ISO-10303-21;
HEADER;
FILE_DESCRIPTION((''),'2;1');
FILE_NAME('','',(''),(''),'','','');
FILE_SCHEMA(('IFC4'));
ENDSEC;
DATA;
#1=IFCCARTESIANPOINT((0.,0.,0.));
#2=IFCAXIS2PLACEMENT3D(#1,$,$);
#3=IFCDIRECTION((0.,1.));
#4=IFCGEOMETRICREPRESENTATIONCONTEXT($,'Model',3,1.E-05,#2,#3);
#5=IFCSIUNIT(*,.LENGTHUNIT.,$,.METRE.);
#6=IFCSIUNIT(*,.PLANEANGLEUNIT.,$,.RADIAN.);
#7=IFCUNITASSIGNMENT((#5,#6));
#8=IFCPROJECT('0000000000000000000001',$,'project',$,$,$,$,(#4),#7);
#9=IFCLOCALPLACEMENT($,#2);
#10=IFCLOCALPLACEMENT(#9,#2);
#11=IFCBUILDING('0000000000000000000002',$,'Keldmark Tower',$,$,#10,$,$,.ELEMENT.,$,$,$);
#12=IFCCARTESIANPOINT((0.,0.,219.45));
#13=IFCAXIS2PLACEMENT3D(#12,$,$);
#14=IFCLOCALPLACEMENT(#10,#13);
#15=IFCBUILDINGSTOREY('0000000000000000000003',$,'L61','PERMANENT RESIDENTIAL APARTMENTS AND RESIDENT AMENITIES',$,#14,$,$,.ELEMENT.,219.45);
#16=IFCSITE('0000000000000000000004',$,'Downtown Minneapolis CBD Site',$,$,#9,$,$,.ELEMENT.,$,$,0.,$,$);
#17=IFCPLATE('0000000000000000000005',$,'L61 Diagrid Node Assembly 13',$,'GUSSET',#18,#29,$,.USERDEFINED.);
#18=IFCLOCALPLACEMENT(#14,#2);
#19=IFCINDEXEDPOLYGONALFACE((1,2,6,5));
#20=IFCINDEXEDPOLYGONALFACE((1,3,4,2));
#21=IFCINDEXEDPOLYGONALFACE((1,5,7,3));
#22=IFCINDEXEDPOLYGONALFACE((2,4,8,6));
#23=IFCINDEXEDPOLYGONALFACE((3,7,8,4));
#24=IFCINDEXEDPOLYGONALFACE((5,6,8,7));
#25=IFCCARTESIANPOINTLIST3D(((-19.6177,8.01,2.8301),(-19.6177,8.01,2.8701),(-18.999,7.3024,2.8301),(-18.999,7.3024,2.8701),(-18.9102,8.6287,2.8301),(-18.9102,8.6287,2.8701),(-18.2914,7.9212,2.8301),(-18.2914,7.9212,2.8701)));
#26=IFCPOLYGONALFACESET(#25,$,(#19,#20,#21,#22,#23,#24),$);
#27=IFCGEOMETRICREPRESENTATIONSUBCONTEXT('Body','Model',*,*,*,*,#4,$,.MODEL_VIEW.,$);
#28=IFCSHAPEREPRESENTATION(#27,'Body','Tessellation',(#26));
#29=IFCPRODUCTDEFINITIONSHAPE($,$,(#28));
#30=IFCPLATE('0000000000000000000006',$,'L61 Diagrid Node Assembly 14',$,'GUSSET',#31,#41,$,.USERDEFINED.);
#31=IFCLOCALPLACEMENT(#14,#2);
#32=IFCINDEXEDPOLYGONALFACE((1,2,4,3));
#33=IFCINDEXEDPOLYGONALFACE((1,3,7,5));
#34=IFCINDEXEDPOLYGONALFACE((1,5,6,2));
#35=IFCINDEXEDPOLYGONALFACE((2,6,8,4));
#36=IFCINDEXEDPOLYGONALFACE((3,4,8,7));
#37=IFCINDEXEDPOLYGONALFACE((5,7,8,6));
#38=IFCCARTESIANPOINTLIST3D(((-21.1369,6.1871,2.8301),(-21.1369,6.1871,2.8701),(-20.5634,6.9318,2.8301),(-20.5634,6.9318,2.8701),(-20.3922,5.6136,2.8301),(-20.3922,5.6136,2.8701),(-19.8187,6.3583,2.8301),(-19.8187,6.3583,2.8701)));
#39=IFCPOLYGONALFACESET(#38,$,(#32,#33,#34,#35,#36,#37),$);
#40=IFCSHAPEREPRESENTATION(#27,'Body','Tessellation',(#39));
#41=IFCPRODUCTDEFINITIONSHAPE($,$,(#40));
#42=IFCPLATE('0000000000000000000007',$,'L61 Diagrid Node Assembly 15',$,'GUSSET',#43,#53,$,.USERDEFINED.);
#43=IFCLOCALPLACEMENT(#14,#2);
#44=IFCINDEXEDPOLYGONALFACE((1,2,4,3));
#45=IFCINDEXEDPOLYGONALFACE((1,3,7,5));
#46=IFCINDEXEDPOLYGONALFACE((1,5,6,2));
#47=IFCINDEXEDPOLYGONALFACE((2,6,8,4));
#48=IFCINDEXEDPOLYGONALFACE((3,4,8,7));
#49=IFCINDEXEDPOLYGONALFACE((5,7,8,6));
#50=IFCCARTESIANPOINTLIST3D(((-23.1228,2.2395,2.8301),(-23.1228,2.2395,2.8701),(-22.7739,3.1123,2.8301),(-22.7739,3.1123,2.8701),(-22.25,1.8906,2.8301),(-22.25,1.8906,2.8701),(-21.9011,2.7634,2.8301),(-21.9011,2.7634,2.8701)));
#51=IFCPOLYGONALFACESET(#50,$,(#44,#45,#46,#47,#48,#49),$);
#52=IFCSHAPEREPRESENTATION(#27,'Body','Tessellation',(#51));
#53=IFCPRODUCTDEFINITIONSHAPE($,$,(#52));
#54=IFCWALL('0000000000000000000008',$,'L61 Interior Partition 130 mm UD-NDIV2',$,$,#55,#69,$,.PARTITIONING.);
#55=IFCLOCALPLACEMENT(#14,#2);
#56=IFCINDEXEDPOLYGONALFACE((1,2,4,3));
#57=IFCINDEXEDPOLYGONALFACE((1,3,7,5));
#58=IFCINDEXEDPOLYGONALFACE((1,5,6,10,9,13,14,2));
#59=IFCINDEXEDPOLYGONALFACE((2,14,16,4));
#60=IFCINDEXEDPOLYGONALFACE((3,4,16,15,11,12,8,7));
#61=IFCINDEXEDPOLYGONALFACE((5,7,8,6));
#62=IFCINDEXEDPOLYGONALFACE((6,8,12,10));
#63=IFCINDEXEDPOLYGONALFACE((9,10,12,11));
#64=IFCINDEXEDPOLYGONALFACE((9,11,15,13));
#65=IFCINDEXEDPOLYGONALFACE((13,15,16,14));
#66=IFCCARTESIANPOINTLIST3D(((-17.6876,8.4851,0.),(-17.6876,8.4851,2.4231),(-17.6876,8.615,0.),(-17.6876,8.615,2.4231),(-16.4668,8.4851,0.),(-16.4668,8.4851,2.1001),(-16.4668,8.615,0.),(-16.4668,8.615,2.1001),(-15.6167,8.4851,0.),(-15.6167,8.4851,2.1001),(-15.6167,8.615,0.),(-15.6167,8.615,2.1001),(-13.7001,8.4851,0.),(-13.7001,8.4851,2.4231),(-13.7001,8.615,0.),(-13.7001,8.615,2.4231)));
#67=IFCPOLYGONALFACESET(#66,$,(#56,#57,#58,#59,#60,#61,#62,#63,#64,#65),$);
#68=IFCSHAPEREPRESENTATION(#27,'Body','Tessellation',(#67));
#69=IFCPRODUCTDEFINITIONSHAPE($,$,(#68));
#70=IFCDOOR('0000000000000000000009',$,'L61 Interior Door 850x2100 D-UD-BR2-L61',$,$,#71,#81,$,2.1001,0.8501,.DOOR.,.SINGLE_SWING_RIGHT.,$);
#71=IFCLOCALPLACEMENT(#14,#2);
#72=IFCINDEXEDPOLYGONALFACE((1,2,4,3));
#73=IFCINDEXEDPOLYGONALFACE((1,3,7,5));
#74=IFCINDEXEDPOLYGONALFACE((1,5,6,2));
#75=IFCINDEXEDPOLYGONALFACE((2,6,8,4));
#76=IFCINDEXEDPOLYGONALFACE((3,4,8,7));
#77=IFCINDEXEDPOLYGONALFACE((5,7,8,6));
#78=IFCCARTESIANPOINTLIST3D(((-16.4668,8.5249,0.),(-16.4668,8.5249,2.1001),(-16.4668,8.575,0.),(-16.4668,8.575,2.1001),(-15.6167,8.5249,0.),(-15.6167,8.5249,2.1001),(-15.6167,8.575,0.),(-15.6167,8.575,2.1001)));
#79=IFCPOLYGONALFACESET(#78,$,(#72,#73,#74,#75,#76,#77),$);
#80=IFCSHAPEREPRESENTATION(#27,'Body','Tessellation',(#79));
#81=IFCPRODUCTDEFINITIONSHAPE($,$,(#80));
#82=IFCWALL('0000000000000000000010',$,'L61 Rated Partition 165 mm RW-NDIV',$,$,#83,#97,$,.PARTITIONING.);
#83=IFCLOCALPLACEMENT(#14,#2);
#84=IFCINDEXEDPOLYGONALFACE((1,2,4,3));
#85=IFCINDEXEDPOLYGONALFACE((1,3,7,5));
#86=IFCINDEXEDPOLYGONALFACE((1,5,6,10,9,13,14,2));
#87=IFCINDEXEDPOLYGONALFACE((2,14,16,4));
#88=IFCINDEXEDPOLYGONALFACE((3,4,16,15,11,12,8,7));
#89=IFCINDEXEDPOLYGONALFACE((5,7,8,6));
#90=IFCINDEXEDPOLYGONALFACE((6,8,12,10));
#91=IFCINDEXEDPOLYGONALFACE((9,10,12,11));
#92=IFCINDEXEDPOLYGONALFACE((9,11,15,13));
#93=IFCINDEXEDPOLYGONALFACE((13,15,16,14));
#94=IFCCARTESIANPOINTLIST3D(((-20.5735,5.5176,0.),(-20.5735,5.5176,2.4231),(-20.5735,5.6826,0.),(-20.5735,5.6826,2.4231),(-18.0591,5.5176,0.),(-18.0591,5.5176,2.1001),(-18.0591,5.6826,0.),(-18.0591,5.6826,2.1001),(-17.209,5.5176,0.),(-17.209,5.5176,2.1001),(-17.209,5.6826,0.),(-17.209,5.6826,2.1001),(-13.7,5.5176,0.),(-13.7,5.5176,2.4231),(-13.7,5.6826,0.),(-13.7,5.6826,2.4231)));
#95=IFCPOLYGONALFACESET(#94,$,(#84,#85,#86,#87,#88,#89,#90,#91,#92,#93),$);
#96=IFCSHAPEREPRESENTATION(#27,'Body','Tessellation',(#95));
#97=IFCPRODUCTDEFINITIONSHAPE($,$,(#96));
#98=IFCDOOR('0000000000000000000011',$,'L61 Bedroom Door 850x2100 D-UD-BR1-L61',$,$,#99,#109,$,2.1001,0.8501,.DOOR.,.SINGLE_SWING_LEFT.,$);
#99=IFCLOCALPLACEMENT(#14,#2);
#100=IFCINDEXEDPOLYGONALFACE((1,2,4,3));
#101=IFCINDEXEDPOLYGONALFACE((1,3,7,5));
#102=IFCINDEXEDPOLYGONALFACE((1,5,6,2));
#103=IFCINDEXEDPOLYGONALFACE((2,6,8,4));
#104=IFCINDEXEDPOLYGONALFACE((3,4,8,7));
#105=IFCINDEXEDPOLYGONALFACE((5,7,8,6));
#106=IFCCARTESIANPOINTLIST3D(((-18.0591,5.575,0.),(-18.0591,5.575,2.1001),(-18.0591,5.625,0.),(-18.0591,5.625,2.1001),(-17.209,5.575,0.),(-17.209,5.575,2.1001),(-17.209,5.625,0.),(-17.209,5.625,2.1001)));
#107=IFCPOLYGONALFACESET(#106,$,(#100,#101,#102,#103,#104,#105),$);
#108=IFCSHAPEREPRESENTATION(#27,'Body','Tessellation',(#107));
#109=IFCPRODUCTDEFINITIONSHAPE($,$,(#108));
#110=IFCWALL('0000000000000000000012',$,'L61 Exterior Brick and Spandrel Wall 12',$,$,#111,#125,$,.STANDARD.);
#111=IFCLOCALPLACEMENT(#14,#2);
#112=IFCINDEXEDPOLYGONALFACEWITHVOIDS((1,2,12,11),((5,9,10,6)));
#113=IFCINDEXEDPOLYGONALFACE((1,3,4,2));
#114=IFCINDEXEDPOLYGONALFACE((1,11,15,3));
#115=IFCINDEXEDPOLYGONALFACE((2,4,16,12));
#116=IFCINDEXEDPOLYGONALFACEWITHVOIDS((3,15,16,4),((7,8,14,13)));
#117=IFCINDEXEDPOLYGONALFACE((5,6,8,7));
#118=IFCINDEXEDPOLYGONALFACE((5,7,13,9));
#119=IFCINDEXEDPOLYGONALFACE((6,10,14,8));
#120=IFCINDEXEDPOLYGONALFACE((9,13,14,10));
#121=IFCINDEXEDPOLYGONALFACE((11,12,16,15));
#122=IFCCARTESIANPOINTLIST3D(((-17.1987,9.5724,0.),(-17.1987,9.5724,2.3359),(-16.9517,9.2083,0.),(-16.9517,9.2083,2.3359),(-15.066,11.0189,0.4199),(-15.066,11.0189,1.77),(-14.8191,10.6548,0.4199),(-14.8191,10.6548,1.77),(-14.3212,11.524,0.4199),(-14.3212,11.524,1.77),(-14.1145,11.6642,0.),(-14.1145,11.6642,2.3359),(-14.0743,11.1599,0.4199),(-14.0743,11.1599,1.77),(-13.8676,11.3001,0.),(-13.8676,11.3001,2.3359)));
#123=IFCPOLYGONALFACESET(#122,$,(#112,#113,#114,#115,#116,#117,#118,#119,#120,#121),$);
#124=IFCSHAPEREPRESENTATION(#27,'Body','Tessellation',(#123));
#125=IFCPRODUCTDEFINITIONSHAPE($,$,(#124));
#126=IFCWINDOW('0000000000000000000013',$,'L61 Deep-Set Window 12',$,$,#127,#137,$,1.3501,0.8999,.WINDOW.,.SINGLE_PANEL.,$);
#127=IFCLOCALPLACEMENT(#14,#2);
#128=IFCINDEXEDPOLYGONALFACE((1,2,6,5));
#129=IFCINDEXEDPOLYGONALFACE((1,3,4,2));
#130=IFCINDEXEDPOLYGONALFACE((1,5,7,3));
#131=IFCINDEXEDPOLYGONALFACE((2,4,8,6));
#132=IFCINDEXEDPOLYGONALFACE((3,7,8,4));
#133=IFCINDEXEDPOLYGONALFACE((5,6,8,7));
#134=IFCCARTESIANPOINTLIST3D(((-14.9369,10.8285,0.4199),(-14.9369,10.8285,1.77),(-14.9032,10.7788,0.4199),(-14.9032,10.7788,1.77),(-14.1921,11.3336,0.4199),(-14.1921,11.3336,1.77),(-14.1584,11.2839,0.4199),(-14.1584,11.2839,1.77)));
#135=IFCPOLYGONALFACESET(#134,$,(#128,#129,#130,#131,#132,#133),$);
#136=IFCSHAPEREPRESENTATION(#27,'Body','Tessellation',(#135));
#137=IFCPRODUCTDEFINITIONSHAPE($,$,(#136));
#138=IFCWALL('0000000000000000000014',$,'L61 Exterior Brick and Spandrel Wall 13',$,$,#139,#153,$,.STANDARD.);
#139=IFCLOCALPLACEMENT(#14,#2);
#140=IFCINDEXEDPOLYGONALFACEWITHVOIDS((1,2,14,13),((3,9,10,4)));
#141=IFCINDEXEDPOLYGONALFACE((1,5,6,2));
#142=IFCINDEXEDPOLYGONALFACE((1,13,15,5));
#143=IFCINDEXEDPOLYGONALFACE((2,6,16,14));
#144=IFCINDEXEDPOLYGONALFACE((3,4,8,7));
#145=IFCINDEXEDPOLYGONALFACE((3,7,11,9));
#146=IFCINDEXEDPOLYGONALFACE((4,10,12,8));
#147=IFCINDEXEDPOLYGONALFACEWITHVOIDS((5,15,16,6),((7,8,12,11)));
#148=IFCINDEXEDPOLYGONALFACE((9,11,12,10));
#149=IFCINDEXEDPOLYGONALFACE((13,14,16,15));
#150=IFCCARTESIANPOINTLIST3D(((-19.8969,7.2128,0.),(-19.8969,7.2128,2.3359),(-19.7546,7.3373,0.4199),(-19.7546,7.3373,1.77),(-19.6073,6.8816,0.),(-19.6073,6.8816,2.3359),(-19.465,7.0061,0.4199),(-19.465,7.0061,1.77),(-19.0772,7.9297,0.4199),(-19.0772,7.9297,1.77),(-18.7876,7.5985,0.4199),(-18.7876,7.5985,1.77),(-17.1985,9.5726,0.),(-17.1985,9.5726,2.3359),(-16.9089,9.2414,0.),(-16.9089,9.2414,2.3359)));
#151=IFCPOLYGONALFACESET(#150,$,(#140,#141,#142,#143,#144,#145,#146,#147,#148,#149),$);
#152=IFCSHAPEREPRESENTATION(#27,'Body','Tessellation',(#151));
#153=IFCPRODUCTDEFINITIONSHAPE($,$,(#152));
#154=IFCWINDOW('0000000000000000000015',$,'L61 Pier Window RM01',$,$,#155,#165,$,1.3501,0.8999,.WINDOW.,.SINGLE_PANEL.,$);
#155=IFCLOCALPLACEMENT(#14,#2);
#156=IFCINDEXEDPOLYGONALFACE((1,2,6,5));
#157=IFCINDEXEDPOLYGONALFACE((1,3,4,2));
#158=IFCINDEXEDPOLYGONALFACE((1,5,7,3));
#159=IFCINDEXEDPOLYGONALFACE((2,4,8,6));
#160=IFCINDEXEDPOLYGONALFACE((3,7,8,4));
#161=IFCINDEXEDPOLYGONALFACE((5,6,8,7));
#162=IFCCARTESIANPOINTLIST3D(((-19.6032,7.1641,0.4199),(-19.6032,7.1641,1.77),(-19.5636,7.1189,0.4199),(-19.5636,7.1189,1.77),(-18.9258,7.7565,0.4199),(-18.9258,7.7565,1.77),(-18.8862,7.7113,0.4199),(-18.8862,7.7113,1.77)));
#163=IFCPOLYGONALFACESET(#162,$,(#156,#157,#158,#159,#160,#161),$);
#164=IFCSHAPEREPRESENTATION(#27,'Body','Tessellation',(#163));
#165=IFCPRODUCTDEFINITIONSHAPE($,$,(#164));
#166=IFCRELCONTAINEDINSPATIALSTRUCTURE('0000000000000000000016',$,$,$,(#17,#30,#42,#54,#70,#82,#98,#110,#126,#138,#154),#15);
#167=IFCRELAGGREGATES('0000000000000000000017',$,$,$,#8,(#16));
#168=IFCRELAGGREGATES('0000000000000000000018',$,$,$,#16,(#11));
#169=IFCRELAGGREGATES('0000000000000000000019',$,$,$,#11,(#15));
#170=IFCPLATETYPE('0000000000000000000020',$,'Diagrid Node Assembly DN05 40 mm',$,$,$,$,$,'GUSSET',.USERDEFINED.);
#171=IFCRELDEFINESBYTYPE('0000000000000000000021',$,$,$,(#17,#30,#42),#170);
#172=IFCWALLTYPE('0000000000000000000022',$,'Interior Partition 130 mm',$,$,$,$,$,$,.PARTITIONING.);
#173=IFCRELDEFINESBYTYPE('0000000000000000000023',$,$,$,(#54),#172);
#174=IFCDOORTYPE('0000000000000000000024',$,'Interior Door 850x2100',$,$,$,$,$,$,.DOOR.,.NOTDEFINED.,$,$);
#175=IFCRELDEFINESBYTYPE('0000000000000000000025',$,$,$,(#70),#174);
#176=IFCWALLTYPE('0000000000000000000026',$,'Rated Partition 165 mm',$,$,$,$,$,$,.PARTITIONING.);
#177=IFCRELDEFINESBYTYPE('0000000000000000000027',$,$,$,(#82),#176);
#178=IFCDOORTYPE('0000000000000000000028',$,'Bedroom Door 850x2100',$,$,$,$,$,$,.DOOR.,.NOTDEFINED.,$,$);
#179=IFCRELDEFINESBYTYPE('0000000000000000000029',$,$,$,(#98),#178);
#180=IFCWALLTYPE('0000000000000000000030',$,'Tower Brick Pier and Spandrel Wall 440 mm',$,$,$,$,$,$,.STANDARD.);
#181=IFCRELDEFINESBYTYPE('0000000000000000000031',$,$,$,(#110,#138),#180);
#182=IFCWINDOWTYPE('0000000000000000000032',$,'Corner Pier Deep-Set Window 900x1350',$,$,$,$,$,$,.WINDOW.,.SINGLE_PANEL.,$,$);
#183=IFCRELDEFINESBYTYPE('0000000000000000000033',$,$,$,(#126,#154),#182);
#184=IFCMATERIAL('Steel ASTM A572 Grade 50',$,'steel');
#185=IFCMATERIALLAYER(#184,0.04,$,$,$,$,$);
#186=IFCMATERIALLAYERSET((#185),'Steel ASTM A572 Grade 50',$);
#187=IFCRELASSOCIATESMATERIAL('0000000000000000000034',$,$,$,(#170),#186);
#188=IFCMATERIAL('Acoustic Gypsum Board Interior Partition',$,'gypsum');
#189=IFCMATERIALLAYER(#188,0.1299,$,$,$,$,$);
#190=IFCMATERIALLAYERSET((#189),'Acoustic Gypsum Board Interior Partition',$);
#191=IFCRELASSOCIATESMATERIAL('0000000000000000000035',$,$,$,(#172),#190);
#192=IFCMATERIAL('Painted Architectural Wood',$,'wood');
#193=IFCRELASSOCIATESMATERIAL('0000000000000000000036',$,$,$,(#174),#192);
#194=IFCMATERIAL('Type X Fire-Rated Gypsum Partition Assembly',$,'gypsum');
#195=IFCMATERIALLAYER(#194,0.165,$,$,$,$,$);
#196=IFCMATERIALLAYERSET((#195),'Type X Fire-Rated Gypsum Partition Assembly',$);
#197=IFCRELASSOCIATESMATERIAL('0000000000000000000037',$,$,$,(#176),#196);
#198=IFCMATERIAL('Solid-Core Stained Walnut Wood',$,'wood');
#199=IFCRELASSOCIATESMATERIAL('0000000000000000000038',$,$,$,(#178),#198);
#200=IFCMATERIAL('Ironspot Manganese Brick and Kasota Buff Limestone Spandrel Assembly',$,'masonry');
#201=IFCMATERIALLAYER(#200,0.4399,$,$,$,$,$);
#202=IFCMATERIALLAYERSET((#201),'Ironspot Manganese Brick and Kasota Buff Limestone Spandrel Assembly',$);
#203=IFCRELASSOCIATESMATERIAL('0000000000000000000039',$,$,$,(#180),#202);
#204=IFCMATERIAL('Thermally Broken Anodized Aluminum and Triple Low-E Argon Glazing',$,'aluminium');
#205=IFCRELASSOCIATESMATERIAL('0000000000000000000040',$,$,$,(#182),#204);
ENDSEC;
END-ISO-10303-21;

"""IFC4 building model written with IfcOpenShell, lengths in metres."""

from ifc_helpers import new_model, si_unit, direction, frame, frame_2d, origin, origin_2d, place, context, subcontext, project, spatial, rectangle, extrude, material, layer, layer_set, type_object, element, fill, save


model = new_model("IFC4")

# Units and contexts
model_context = context("Model", 3, precision=1e-05, world=origin(), true_north=direction((0.0, 1.0)))
body_context = subcontext(model_context, "Body", "Model", "MODEL_VIEW")
ifc_project = project(units=[si_unit("LENGTHUNIT", "METRE"), si_unit("PLANEANGLEUNIT", "RADIAN")], contexts=[model_context])

# Site, building, storey
site_placement = place(None, origin())
site = spatial("IfcSite", under=ifc_project, at=site_placement, Name="Downtown Minneapolis CBD Site", CompositionType="ELEMENT", RefElevation=0.0)
building_placement = place(site_placement, origin())
building = spatial("IfcBuilding", under=site, at=building_placement, Name="Keldmark Tower", CompositionType="ELEMENT")
storey_placement = place(building_placement, frame((0.0, 0.0, 219.45)))
storey = spatial("IfcBuildingStorey", under=building, at=storey_placement, Name="L61", Description="PERMANENT RESIDENTIAL APARTMENTS AND RESIDENT AMENITIES", CompositionType="ELEMENT", Elevation=219.45)

# Plates
ifc_material_1 = material(Name="Steel ASTM A572 Grade 50", Category="steel")
ifc_layer_1 = layer(ifc_material_1, 0.04)
ifc_layer_set_1 = layer_set([ifc_layer_1], Name="Steel ASTM A572 Grade 50")
plate_type = type_object("IfcPlateType", Name="Diagrid Node Assembly DN05 40 mm", ElementType="GUSSET", PredefinedType="USERDEFINED", material=ifc_layer_set_1)
for number, where, z_axis, x_axis, name in (
    (1, (-18.9546, 7.9656, 2.8301), (0.0, 0.0, 1.0), (-0.75276, -0.658295, 0.0), "L61 Diagrid Node Assembly 13"),
    (2, (-20.4778, 6.2727, 2.8301), (0.0, 0.0, 1.0), (-0.610145, -0.79229, 0.0), "L61 Diagrid Node Assembly 14"),
    (3, (-22.512, 2.5015, 2.8301), (0.0, 0.0, 1.0), (-0.371206, -0.928551, 0.0), "L61 Diagrid Node Assembly 15"),
):
    element("IfcPlate", number, at=place(storey_placement, frame(where, z_axis=z_axis, x_axis=x_axis)), inside=storey, type_object=plate_type, Name=name, ObjectType="GUSSET", PredefinedType="USERDEFINED", context=body_context, shape_type="SweptSolid", body=[
        extrude(rectangle(XDim=0.9399, YDim=0.9399, at=origin_2d()), origin(), (0.0, 0.0, 1.0), 0.04),
    ])

# Walls, openings, doors
ifc_material_2 = material(Name="Acoustic Gypsum Board Interior Partition", Category="gypsum")
ifc_layer_2 = layer(ifc_material_2, 0.1299)
ifc_layer_set_2 = layer_set([ifc_layer_2], Name="Acoustic Gypsum Board Interior Partition")
wall_type_1 = type_object("IfcWallType", Name="Interior Partition 130 mm", PredefinedType="PARTITIONING", material=ifc_layer_set_2)
wall_1_placement = place(storey_placement, frame((-17.6875, 8.55, 0.0), z_axis=(0.0, 0.0, 1.0), x_axis=(1.0, 0.0, 0.0)))
wall_1 = element("IfcWall", 4, at=wall_1_placement, inside=storey, type_object=wall_type_1, Name="L61 Interior Partition 130 mm UD-NDIV2", PredefinedType="PARTITIONING", context=body_context, shape_type="SweptSolid", body=[
    extrude(rectangle(XDim=3.9875, YDim=0.1299, at=frame_2d((1.9937, 0.0))), origin(), (0.0, 0.0, 1.0), 2.4231),
])
opening_1_placement = place(wall_1_placement, frame((1.2207, 0.0, 0.0)))
opening_1 = element("IfcOpeningElement", 5, at=opening_1_placement, cuts=wall_1, PredefinedType="OPENING", context=body_context, shape_type="SweptSolid", body=[
    extrude(rectangle(XDim=0.8501, YDim=2.1001, at=frame_2d((0.425, 1.05))), frame((0.0, 0.075, 0.0), z_axis=(0.0, -1.0, 0.0), x_axis=(1.0, 0.0, 0.0)), (0.0, 0.0, 1.0), 0.1499),
])
ifc_material_3 = material(Name="Painted Architectural Wood", Category="wood")
door_type_1 = type_object("IfcDoorType", Name="Interior Door 850x2100", OperationType="NOTDEFINED", PredefinedType="DOOR", material=ifc_material_3)
door_1_placement = place(opening_1_placement, origin())
door_1 = element("IfcDoor", 6, at=door_1_placement, inside=storey, type_object=door_type_1, Name="L61 Interior Door 850x2100 D-UD-BR2-L61", OperationType="SINGLE_SWING_RIGHT", OverallHeight=2.1001, OverallWidth=0.8501, PredefinedType="DOOR", context=body_context, shape_type="SweptSolid", body=[
    extrude(rectangle(XDim=0.8501, YDim=2.1001, at=frame_2d((0.425, 1.05))), frame((0.0, 0.0249, 0.0), z_axis=(0.0, -1.0, 0.0), x_axis=(1.0, 0.0, 0.0)), (0.0, 0.0, 1.0), 0.05),
])
fill(opening_1, door_1)
ifc_material_4 = material(Name="Type X Fire-Rated Gypsum Partition Assembly", Category="gypsum")
ifc_layer_3 = layer(ifc_material_4, 0.165)
ifc_layer_set_3 = layer_set([ifc_layer_3], Name="Type X Fire-Rated Gypsum Partition Assembly")
wall_type_2 = type_object("IfcWallType", Name="Rated Partition 165 mm", PredefinedType="PARTITIONING", material=ifc_layer_set_3)
wall_2_placement = place(storey_placement, frame((-20.5735, 5.6001, 0.0), z_axis=(0.0, 0.0, 1.0), x_axis=(1.0, 0.0, 0.0)))
wall_2 = element("IfcWall", 7, at=wall_2_placement, inside=storey, type_object=wall_type_2, Name="L61 Rated Partition 165 mm RW-NDIV", PredefinedType="PARTITIONING", context=body_context, shape_type="SweptSolid", body=[
    extrude(rectangle(XDim=6.8735, YDim=0.165, at=frame_2d((3.4368, 0.0))), origin(), (0.0, 0.0, 1.0), 2.4231),
])
opening_2_placement = place(wall_2_placement, frame((2.5144, 0.0, 0.0)))
opening_2 = element("IfcOpeningElement", 8, at=opening_2_placement, cuts=wall_2, PredefinedType="OPENING", context=body_context, shape_type="SweptSolid", body=[
    extrude(rectangle(XDim=0.8501, YDim=2.1001, at=frame_2d((0.425, 1.05))), frame((0.0, 0.0925, 0.0), z_axis=(0.0, -1.0, 0.0), x_axis=(1.0, 0.0, 0.0)), (0.0, 0.0, 1.0), 0.1851),
])
ifc_material_5 = material(Name="Solid-Core Stained Walnut Wood", Category="wood")
door_type_2 = type_object("IfcDoorType", Name="Bedroom Door 850x2100", OperationType="NOTDEFINED", PredefinedType="DOOR", material=ifc_material_5)
door_2_placement = place(opening_2_placement, origin())
door_2 = element("IfcDoor", 9, at=door_2_placement, inside=storey, type_object=door_type_2, Name="L61 Bedroom Door 850x2100 D-UD-BR1-L61", OperationType="SINGLE_SWING_LEFT", OverallHeight=2.1001, OverallWidth=0.8501, PredefinedType="DOOR", context=body_context, shape_type="SweptSolid", body=[
    extrude(rectangle(XDim=0.8501, YDim=2.1001, at=frame_2d((0.425, 1.05))), frame((0.0, 0.0249, 0.0), z_axis=(0.0, -1.0, 0.0), x_axis=(1.0, 0.0, 0.0)), (0.0, 0.0, 1.0), 0.05),
])
fill(opening_2, door_2)

# Walls, openings, windows
ifc_material_6 = material(Name="Ironspot Manganese Brick and Kasota Buff Limestone Spandrel Assembly", Category="masonry")
ifc_layer_4 = layer(ifc_material_6, 0.4399)
ifc_layer_set_4 = layer_set([ifc_layer_4], Name="Ironspot Manganese Brick and Kasota Buff Limestone Spandrel Assembly")
wall_type_3 = type_object("IfcWallType", Name="Tower Brick Pier and Spandrel Wall 440 mm", PredefinedType="STANDARD", material=ifc_layer_set_4)
wall_3_placement = place(storey_placement, frame((-17.0752, 9.3904, 0.0), z_axis=(0.0, 0.0, 1.0), x_axis=(0.827609, 0.561304, 0.0)))
wall_3 = element("IfcWall", 10, at=wall_3_placement, inside=storey, type_object=wall_type_3, Name="L61 Exterior Brick and Spandrel Wall 12", PredefinedType="STANDARD", context=body_context, shape_type="SweptSolid", body=[
    extrude(rectangle(XDim=3.7266, YDim=0.4399, at=frame_2d((1.8633, 0.0))), origin(), (0.0, 0.0, 1.0), 2.3359),
])
opening_3_placement = place(wall_3_placement, frame((2.5769, 0.0, 0.4199)))
opening_3 = element("IfcOpeningElement", 11, at=opening_3_placement, cuts=wall_3, PredefinedType="OPENING", context=body_context, shape_type="SweptSolid", body=[
    extrude(rectangle(XDim=0.8999, YDim=1.3501, at=frame_2d((0.45, 0.675))), frame((0.0, 0.23, 0.0), z_axis=(0.0, -1.0, 0.0), x_axis=(1.0, 0.0, 0.0)), (0.0, 0.0, 1.0), 0.46),
])
ifc_material_7 = material(Name="Thermally Broken Anodized Aluminum and Triple Low-E Argon Glazing", Category="aluminium")
window_type = type_object("IfcWindowType", Name="Corner Pier Deep-Set Window 900x1350", PartitioningType="SINGLE_PANEL", PredefinedType="WINDOW", material=ifc_material_7)
window_1_placement = place(opening_3_placement, origin())
window_1 = element("IfcWindow", 12, at=window_1_placement, inside=storey, type_object=window_type, Name="L61 Deep-Set Window 12", OverallHeight=1.3501, OverallWidth=0.8999, PartitioningType="SINGLE_PANEL", PredefinedType="WINDOW", context=body_context, shape_type="SweptSolid", body=[
    extrude(rectangle(XDim=0.8999, YDim=1.3501, at=frame_2d((0.45, 0.675))), frame((0.0, -0.01, 0.0), z_axis=(0.0, -1.0, 0.0), x_axis=(1.0, 0.0, 0.0)), (0.0, 0.0, 1.0), 0.0601),
])
fill(opening_3, window_1)
wall_4_placement = place(storey_placement, frame((-19.7522, 7.0471, 0.0), z_axis=(0.0, 0.0, 1.0), x_axis=(0.752758, 0.658297, 0.0)))
wall_4 = element("IfcWall", 13, at=wall_4_placement, inside=storey, type_object=wall_type_3, Name="L61 Exterior Brick and Spandrel Wall 13", PredefinedType="STANDARD", context=body_context, shape_type="SweptSolid", body=[
    extrude(rectangle(XDim=3.5847, YDim=0.4399, at=frame_2d((1.7925, 0.0))), origin(), (0.0, 0.0, 1.0), 2.3359),
])
opening_4_placement = place(wall_4_placement, frame((0.1892, 0.0, 0.4199)))
opening_4 = element("IfcOpeningElement", 14, at=opening_4_placement, cuts=wall_4, PredefinedType="OPENING", context=body_context, shape_type="SweptSolid", body=[
    extrude(rectangle(XDim=0.8999, YDim=1.3501, at=frame_2d((0.45, 0.675))), frame((0.0, 0.23, 0.0), z_axis=(0.0, -1.0, 0.0), x_axis=(1.0, 0.0, 0.0)), (0.0, 0.0, 1.0), 0.46),
])
window_2_placement = place(opening_4_placement, origin())
window_2 = element("IfcWindow", 15, at=window_2_placement, inside=storey, type_object=window_type, Name="L61 Pier Window RM01", OverallHeight=1.3501, OverallWidth=0.8999, PartitioningType="SINGLE_PANEL", PredefinedType="WINDOW", context=body_context, shape_type="SweptSolid", body=[
    extrude(rectangle(XDim=0.8999, YDim=1.3501, at=frame_2d((0.45, 0.675))), frame((0.0, -0.01, 0.0), z_axis=(0.0, -1.0, 0.0), x_axis=(1.0, 0.0, 0.0)), (0.0, 0.0, 1.0), 0.0601),
])
fill(opening_4, window_2)

save(model, "model.ifc")
